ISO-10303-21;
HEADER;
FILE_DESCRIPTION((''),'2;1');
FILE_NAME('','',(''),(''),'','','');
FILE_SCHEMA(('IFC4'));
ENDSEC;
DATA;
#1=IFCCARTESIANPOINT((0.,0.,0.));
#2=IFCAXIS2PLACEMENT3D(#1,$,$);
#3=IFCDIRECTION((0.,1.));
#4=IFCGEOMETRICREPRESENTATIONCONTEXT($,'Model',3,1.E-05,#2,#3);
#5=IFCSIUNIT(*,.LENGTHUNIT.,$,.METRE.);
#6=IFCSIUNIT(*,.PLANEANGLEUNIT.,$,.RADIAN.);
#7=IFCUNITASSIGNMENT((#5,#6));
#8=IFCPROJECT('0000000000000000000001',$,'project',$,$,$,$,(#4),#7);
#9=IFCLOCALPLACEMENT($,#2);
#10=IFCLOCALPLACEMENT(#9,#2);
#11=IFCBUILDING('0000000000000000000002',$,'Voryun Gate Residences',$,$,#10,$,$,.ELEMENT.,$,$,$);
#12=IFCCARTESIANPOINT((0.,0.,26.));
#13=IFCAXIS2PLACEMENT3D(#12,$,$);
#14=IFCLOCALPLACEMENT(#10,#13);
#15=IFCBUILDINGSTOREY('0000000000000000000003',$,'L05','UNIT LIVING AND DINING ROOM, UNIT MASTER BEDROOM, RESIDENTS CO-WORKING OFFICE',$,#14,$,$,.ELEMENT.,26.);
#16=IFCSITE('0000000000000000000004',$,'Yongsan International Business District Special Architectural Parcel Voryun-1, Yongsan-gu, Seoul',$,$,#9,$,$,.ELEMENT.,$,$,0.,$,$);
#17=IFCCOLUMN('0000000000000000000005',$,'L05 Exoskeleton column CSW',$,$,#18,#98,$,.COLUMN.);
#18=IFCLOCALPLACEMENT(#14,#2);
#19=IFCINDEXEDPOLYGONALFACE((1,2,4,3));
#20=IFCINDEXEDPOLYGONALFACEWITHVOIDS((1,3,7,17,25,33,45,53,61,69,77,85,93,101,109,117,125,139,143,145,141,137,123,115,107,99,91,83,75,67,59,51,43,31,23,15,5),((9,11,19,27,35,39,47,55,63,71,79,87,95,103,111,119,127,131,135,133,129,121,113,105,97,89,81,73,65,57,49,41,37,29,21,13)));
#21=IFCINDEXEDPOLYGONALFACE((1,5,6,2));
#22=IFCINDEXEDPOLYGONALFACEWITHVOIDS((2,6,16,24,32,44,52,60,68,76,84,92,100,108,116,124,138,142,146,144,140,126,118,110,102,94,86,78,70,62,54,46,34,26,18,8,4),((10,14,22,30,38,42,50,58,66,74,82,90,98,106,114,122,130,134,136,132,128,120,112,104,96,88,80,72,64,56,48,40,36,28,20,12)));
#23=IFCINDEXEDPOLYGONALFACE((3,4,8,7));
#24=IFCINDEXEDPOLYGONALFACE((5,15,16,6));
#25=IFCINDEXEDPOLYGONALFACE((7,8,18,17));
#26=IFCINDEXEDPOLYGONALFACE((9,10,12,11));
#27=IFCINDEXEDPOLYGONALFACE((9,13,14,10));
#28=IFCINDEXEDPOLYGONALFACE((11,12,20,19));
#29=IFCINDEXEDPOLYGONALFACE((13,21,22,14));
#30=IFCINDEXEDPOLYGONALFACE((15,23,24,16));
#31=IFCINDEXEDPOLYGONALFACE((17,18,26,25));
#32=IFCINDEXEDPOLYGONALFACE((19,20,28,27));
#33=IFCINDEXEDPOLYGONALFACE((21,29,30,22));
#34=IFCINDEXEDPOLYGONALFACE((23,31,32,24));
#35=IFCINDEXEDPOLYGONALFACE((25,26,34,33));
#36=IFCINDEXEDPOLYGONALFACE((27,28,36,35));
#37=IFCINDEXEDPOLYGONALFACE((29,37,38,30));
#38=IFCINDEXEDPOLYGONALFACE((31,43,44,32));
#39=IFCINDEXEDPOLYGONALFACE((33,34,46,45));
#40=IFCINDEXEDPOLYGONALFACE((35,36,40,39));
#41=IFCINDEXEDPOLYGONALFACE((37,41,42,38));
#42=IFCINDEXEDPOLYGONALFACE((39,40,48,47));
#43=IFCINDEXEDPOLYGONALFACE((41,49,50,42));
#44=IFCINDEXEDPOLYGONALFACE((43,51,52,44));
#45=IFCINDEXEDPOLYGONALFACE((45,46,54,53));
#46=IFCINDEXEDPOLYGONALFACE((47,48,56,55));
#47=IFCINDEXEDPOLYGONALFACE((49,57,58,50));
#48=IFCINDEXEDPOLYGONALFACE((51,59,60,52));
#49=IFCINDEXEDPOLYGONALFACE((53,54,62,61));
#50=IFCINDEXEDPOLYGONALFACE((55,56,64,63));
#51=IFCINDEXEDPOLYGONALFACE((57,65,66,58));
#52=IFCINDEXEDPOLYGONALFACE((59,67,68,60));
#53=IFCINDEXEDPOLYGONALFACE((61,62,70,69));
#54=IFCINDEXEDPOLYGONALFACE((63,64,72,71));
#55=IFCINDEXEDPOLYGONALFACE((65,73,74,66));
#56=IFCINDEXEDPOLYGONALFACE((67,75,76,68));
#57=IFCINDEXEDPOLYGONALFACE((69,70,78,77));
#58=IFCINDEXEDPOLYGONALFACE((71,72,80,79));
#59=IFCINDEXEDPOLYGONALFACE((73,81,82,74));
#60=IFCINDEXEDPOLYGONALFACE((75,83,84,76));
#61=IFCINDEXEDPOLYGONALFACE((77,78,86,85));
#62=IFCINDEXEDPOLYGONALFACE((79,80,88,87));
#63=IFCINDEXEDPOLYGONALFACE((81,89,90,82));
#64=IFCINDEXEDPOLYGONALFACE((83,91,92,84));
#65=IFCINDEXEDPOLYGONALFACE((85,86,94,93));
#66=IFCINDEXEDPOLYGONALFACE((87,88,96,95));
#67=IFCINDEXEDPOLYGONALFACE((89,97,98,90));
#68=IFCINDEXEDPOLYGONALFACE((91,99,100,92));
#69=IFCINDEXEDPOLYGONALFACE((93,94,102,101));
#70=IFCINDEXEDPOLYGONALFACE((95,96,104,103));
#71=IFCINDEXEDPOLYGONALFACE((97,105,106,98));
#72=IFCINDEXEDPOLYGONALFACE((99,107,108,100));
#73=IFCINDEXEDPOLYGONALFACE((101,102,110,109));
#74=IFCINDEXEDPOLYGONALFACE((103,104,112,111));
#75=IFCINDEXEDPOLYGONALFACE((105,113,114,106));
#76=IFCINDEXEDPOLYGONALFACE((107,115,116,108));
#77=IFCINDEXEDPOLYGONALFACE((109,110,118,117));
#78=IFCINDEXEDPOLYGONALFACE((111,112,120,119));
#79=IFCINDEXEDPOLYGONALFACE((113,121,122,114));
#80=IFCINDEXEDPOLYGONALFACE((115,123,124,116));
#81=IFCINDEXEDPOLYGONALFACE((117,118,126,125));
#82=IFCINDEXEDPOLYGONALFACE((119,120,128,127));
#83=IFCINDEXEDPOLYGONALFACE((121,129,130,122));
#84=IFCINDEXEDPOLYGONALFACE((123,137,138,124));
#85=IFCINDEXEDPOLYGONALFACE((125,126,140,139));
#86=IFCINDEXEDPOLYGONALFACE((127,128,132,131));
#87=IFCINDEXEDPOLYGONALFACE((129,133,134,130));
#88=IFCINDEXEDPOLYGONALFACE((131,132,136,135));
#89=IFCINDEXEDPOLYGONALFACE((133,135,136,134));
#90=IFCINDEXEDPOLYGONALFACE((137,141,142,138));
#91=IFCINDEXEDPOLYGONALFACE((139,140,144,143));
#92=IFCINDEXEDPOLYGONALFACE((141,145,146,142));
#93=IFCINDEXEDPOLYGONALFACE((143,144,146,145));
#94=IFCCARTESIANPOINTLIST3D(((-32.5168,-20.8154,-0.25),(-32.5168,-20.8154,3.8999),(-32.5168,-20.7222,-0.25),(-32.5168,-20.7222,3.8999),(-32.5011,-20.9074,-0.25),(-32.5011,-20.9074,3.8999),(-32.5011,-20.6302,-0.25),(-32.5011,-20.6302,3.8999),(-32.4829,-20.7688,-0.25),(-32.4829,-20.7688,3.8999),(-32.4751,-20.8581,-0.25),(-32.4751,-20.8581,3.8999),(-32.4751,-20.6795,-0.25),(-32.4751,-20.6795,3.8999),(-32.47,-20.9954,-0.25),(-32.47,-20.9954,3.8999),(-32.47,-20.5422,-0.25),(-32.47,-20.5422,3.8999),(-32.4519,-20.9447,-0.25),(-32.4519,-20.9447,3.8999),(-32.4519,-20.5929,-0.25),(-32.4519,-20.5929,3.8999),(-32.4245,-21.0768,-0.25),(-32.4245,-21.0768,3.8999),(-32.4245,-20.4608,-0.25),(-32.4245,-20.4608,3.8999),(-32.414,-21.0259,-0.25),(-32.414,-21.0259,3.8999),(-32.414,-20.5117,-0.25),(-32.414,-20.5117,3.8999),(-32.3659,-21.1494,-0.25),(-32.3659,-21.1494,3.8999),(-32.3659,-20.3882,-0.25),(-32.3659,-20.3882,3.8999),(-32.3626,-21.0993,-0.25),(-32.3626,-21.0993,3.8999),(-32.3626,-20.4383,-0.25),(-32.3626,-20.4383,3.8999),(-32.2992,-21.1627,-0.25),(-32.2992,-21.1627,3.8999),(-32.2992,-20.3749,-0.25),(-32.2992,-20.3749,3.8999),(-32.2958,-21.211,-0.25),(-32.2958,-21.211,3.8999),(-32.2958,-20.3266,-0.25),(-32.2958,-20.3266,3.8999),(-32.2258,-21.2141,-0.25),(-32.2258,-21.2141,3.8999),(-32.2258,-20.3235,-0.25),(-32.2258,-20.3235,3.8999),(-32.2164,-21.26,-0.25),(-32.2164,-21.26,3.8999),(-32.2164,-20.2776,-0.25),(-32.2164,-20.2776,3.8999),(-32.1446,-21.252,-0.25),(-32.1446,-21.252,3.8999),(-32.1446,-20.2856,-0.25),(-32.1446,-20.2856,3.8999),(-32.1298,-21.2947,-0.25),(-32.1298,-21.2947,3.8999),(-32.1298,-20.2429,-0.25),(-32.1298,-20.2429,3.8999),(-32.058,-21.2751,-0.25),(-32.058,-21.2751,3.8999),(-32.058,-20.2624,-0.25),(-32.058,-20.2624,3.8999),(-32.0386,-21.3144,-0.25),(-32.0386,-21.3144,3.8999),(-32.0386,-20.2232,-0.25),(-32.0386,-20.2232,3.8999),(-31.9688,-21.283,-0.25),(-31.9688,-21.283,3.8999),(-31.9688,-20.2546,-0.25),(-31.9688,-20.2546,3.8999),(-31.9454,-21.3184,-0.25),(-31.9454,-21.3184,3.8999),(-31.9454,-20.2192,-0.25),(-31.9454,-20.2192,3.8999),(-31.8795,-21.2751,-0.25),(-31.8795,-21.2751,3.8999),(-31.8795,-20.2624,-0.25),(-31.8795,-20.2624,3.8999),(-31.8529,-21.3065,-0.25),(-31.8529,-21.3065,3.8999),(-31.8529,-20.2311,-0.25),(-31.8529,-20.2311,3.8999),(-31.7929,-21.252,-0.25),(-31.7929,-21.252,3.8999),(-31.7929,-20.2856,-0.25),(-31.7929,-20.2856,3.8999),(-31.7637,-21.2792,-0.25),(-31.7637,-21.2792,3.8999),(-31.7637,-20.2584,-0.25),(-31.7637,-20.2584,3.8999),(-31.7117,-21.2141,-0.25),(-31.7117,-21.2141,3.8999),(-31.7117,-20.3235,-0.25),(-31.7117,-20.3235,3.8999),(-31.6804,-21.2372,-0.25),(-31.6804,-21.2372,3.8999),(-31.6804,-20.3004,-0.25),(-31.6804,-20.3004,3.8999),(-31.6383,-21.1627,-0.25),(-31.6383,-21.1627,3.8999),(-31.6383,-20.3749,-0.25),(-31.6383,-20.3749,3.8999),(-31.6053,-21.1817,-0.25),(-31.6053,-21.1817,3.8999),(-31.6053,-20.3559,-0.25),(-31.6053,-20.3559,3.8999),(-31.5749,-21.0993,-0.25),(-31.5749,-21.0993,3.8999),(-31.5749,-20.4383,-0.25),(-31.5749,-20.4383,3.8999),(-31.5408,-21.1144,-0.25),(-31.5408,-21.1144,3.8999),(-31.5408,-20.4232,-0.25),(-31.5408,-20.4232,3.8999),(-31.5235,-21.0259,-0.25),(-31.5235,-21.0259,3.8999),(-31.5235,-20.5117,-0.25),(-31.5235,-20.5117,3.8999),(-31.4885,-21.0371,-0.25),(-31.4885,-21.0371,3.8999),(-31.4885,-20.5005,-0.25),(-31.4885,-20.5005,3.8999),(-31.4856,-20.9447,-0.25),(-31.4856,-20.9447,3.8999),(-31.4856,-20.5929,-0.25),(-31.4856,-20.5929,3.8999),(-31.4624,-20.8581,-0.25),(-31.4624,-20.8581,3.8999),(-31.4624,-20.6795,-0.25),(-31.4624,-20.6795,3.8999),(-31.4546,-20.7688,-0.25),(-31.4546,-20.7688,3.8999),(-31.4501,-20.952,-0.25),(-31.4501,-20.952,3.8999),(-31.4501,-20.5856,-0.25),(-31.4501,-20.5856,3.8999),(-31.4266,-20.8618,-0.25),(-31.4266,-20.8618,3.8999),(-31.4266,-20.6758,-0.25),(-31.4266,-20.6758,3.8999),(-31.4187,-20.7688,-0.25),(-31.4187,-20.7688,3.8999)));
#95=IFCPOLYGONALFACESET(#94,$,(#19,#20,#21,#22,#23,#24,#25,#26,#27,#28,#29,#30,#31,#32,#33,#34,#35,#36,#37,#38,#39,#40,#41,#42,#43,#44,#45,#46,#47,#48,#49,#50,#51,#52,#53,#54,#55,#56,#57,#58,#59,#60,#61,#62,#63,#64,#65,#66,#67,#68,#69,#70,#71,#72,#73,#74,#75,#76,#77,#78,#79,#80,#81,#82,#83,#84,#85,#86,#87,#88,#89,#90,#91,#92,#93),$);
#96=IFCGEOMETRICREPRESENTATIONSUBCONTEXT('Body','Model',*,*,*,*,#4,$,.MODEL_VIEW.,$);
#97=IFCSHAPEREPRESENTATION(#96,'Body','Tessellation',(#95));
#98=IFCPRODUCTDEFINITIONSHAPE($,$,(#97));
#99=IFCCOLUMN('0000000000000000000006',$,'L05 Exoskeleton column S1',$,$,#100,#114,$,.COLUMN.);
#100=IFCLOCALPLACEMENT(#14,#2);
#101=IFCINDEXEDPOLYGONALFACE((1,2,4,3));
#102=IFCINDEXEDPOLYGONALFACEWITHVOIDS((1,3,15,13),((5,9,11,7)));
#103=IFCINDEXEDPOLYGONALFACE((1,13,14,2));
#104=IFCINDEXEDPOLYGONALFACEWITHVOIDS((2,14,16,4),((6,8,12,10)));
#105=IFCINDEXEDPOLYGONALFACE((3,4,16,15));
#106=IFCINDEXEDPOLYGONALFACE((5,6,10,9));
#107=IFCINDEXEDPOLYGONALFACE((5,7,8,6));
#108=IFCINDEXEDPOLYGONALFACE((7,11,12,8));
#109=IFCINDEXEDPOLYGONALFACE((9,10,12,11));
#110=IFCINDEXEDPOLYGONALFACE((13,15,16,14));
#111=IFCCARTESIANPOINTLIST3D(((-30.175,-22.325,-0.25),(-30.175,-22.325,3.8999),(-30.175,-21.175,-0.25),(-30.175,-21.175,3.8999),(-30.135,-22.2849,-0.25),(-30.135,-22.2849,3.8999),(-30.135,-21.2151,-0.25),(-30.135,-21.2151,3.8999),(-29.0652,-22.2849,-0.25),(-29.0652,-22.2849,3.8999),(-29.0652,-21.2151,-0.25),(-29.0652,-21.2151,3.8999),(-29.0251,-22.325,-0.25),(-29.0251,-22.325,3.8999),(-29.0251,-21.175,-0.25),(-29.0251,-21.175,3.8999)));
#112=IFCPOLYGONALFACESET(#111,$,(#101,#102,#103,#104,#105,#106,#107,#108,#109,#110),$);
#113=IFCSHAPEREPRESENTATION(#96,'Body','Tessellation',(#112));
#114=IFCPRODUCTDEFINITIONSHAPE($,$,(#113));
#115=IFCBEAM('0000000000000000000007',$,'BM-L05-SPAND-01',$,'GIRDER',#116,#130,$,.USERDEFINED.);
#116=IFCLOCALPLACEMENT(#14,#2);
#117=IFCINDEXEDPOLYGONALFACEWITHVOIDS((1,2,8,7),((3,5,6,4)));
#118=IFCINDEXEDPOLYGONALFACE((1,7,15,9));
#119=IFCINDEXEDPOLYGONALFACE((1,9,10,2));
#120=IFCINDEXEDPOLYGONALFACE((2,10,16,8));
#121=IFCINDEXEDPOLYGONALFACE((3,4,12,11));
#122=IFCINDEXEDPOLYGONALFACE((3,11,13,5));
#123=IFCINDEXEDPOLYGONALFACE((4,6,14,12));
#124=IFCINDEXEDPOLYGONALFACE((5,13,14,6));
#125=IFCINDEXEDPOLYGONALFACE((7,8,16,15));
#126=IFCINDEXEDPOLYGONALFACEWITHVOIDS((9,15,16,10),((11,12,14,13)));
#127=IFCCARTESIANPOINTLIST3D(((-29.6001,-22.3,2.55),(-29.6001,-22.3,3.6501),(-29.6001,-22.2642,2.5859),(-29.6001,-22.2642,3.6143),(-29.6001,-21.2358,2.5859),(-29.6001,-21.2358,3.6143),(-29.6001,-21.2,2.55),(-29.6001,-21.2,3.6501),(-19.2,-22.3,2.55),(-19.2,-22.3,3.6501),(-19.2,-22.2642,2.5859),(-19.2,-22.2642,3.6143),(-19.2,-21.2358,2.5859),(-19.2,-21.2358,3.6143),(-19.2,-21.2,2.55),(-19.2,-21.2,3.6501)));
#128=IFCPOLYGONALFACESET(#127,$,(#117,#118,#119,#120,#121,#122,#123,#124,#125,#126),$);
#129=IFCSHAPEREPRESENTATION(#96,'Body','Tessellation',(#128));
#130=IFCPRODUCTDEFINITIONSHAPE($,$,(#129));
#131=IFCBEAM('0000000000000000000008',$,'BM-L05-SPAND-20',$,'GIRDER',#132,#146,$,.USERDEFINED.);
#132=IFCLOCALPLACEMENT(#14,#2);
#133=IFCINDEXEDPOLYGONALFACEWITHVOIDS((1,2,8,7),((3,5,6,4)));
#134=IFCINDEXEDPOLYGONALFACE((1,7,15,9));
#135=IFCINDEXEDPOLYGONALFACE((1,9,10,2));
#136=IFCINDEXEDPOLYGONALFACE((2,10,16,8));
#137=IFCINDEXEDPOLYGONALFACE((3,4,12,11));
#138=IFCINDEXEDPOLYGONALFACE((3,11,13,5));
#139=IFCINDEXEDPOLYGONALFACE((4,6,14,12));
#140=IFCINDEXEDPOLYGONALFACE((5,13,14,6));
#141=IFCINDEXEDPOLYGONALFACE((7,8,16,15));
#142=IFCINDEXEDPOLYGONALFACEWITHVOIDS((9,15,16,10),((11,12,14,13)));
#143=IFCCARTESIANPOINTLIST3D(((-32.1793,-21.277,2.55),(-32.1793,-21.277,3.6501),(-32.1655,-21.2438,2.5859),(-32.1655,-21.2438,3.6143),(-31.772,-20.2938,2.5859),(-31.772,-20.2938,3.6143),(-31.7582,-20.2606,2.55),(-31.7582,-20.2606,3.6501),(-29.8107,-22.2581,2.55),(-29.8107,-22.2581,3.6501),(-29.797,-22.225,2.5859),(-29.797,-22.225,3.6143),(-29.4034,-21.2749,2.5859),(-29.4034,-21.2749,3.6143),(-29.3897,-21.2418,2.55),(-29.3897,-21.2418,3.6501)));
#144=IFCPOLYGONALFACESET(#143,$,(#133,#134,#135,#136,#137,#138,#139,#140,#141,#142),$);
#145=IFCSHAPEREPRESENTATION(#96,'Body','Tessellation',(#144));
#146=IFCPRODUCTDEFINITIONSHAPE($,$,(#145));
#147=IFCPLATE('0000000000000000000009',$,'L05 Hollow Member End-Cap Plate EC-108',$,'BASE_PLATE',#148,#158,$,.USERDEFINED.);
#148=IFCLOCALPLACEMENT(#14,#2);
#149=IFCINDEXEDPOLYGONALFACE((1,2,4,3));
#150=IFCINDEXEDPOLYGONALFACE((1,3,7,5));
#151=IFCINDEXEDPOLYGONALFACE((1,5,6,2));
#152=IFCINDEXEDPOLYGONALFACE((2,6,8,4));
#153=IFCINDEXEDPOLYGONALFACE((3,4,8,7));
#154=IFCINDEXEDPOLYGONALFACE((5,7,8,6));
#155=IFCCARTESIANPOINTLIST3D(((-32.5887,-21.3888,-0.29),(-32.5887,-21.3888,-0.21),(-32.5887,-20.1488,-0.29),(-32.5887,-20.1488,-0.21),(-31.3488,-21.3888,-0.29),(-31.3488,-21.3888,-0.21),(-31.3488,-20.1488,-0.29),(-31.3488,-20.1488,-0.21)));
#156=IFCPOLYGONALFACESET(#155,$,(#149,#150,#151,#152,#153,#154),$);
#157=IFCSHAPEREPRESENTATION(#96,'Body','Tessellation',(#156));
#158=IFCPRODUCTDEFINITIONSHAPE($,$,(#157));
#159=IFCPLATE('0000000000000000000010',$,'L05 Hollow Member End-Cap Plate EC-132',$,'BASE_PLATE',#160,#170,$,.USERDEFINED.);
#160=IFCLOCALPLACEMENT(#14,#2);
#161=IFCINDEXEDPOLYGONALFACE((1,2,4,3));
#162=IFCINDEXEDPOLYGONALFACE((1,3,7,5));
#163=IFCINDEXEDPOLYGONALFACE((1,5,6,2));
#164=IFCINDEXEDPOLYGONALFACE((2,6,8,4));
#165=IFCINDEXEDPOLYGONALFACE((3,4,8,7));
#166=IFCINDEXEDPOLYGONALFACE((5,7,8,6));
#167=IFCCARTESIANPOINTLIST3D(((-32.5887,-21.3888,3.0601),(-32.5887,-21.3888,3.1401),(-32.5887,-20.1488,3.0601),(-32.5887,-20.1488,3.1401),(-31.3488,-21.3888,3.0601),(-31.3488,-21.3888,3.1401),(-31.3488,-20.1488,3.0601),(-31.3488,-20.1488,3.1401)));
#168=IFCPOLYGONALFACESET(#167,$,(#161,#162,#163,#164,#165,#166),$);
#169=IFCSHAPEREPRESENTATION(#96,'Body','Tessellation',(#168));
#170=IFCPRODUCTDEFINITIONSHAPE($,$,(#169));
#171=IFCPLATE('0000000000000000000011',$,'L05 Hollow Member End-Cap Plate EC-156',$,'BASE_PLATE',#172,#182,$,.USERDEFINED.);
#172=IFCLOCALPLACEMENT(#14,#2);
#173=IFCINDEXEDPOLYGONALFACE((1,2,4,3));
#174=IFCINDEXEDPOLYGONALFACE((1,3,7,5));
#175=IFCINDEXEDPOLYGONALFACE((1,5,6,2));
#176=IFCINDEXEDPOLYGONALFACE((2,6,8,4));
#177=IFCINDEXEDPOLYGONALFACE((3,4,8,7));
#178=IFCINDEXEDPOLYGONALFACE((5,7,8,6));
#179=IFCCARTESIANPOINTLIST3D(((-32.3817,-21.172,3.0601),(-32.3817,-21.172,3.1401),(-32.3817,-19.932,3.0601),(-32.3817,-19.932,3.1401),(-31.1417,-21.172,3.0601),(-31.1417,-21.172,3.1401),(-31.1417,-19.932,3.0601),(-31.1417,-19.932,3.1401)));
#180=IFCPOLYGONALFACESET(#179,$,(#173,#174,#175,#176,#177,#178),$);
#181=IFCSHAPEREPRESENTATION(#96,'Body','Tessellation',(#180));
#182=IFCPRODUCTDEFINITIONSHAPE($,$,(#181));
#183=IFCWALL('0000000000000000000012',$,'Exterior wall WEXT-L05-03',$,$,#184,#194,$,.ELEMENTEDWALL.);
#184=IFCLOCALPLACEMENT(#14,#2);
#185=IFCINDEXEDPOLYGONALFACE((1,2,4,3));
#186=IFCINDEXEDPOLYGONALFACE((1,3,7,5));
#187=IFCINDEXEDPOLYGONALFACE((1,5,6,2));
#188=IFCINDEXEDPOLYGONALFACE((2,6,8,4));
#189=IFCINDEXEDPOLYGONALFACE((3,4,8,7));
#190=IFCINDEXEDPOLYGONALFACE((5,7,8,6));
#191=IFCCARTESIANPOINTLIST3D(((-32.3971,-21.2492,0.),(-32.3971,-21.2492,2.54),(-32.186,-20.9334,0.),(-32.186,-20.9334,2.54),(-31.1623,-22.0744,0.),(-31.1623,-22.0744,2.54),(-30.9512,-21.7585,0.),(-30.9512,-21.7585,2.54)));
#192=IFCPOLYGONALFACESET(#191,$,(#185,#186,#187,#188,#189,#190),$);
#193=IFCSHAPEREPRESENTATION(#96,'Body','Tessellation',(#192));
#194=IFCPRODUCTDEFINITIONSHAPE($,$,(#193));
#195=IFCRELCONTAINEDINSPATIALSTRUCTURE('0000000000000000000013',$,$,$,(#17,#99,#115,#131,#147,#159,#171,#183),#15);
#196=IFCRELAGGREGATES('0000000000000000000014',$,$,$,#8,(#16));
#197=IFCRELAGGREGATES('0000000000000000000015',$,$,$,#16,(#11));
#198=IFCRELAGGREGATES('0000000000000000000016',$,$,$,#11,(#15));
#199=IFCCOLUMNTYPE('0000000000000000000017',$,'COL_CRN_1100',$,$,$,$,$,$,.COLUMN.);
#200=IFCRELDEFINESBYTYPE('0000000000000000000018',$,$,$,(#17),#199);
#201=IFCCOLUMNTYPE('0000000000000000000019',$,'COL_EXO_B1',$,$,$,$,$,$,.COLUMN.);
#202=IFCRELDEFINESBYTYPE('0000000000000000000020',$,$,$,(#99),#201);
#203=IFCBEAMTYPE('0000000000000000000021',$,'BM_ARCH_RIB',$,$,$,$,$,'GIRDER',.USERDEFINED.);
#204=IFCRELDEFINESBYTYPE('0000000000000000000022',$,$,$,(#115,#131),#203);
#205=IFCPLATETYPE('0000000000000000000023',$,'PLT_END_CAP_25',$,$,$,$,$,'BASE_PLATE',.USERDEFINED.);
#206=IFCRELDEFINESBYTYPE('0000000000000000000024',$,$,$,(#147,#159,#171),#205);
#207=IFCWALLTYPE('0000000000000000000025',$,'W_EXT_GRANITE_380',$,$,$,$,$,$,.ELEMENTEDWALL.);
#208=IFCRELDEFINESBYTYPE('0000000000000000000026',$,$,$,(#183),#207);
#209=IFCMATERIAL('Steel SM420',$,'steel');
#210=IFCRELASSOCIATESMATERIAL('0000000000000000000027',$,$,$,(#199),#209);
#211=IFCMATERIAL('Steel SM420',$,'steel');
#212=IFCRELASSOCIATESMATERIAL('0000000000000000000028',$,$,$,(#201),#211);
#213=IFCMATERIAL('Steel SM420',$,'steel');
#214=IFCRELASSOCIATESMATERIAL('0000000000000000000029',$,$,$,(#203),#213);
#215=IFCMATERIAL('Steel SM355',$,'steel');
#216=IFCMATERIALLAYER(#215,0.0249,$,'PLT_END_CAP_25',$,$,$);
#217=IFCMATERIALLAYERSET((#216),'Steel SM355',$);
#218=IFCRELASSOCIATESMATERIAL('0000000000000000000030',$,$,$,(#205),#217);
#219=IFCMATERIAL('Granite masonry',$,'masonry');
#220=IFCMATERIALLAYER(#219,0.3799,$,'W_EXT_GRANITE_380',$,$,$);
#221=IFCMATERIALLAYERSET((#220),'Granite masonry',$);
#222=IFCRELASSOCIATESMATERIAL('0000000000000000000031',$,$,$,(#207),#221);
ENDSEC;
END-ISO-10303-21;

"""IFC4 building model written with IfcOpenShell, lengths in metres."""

from ifc_helpers import new_model, si_unit, direction, frame, frame_2d, origin, origin_2d, place, context, subcontext, project, spatial, rectangle, hollow_rectangle, hollow_circle, extrude, material, layer, layer_set, material_profile, profile_set, type_object, element, save


model = new_model("IFC4")

# Units and contexts
model_context = context("Model", 3, precision=1e-05, world=origin(), true_north=direction((0.0, 1.0)))
body_context = subcontext(model_context, "Body", "Model", "MODEL_VIEW")
ifc_project = project(units=[si_unit("LENGTHUNIT", "METRE"), si_unit("PLANEANGLEUNIT", "RADIAN")], contexts=[model_context])

# Site, building, storey
site_placement = place(None, origin())
site = spatial("IfcSite", under=ifc_project, at=site_placement, Name="Yongsan International Business District Special Architectural Parcel Voryun-1, Yongsan-gu, Seoul", CompositionType="ELEMENT", RefElevation=0.0)
building_placement = place(site_placement, origin())
building = spatial("IfcBuilding", under=site, at=building_placement, Name="Voryun Gate Residences", CompositionType="ELEMENT")
storey_placement = place(building_placement, frame((0.0, 0.0, 26.0)))
storey = spatial("IfcBuildingStorey", under=building, at=storey_placement, Name="L05", Description="UNIT LIVING AND DINING ROOM, UNIT MASTER BEDROOM, RESIDENTS CO-WORKING OFFICE", CompositionType="ELEMENT", Elevation=26.0)

# Columns
ifc_material_1 = material(Name="Steel SM420", Category="steel")
ifc_material_profile_1 = material_profile(ifc_material_1, hollow_circle(Radius=0.55, WallThickness=0.0359, at=origin_2d()), Name="CHS-1100x36")
ifc_profile_set_1 = profile_set([ifc_material_profile_1], Name="Steel SM420")
column_type_1 = type_object("IfcColumnType", Name="COL_CRN_1100", PredefinedType="COLUMN", material=ifc_profile_set_1)
column_1_placement = place(storey_placement, frame((-31.9688, -20.7688, -0.25), z_axis=(0.0, 0.0, 1.0), x_axis=(1.0, 0.0, 0.0)))
element("IfcColumn", 1, at=column_1_placement, inside=storey, type_object=column_type_1, Name="L05 Exoskeleton column CSW", PredefinedType="COLUMN", context=body_context, shape_type="SweptSolid", body=[
    extrude(hollow_circle(Radius=0.55, WallThickness=0.0359, at=origin_2d()), origin(), (0.0, 0.0, 1.0), 4.1499),
])
ifc_material_2 = material(Name="Steel SM420", Category="steel")
ifc_material_profile_2 = material_profile(ifc_material_2, hollow_rectangle(XDim=1.1499, YDim=1.1499, WallThickness=0.04, at=origin_2d()), Name="BOX-1150x1150x40")
ifc_profile_set_2 = profile_set([ifc_material_profile_2], Name="Steel SM420")
column_type_2 = type_object("IfcColumnType", Name="COL_EXO_B1", PredefinedType="COLUMN", material=ifc_profile_set_2)
column_2_placement = place(storey_placement, frame((-29.6001, -21.75, -0.25), z_axis=(0.0, 0.0, 1.0), x_axis=(1.0, 0.0, 0.0)))
element("IfcColumn", 2, at=column_2_placement, inside=storey, type_object=column_type_2, Name="L05 Exoskeleton column S1", PredefinedType="COLUMN", context=body_context, shape_type="SweptSolid", body=[
    extrude(hollow_rectangle(XDim=1.1499, YDim=1.1499, WallThickness=0.04, at=origin_2d()), origin(), (0.0, 0.0, 1.0), 4.1499),
])

# Beams
ifc_material_3 = material(Name="Steel SM420", Category="steel")
ifc_material_profile_3 = material_profile(ifc_material_3, hollow_rectangle(XDim=1.1001, YDim=1.1001, WallThickness=0.0359, at=origin_2d()), Name="BOX-1100x1100x36")
ifc_profile_set_3 = profile_set([ifc_material_profile_3], Name="Steel SM420")
beam_type = type_object("IfcBeamType", Name="BM_ARCH_RIB", ElementType="GIRDER", PredefinedType="USERDEFINED", material=ifc_profile_set_3)
beam_1_placement = place(storey_placement, frame((-29.6001, -21.75, 3.1001), z_axis=(1.0, 0.0, 0.0), x_axis=(0.0, 1.0, 0.0)))
element("IfcBeam", 3, at=beam_1_placement, inside=storey, type_object=beam_type, Name="BM-L05-SPAND-01", ObjectType="GIRDER", PredefinedType="USERDEFINED", context=body_context, shape_type="SweptSolid", body=[
    extrude(hollow_rectangle(XDim=1.1001, YDim=1.1001, WallThickness=0.0359, at=origin_2d()), origin(), (0.0, 0.0, 1.0), 10.4001),
])
beam_2_placement = place(storey_placement, frame((-31.9688, -20.7688, 3.1001), z_axis=(0.923869, -0.382708, 0.0), x_axis=(0.382708, 0.923869, 0.0)))
element("IfcBeam", 4, at=beam_2_placement, inside=storey, type_object=beam_type, Name="BM-L05-SPAND-20", ObjectType="GIRDER", PredefinedType="USERDEFINED", context=body_context, shape_type="SweptSolid", body=[
    extrude(hollow_rectangle(XDim=1.1001, YDim=1.1001, WallThickness=0.0359, at=origin_2d()), origin(), (0.0, 0.0, 1.0), 2.5637),
])

# Plates
ifc_material_4 = material(Name="Steel SM355", Category="steel")
ifc_layer_1 = layer(ifc_material_4, 0.0249, Name="PLT_END_CAP_25")
ifc_layer_set_1 = layer_set([ifc_layer_1], Name="Steel SM355")
plate_type = type_object("IfcPlateType", Name="PLT_END_CAP_25", ElementType="BASE_PLATE", PredefinedType="USERDEFINED", material=ifc_layer_set_1)
for number, where, z_axis, x_axis, name in (
    (5, (-31.9688, -20.7688, -0.29), (0.0, 0.0, 1.0), (1.0, 0.0, 0.0), "L05 Hollow Member End-Cap Plate EC-108"),
    (6, (-31.9688, -20.7688, 3.0601), (0.0, 0.0, 1.0), (1.0, 0.0, 0.0), "L05 Hollow Member End-Cap Plate EC-132"),
    (7, (-31.7617, -20.552, 3.0601), (0.0, 0.0, 1.0), (1.0, 0.0, 0.0), "L05 Hollow Member End-Cap Plate EC-156"),
):
    element("IfcPlate", number, at=place(storey_placement, frame(where, z_axis=z_axis, x_axis=x_axis)), inside=storey, type_object=plate_type, Name=name, ObjectType="BASE_PLATE", PredefinedType="USERDEFINED", context=body_context, shape_type="SweptSolid", body=[
        extrude(rectangle(XDim=1.24, YDim=1.24, at=origin_2d()), origin(), (0.0, 0.0, 1.0), 0.0801),
    ])

# Wall
ifc_material_5 = material(Name="Granite masonry", Category="masonry")
ifc_layer_2 = layer(ifc_material_5, 0.3799, Name="W_EXT_GRANITE_380")
ifc_layer_set_2 = layer_set([ifc_layer_2], Name="Granite masonry")
wall_type = type_object("IfcWallType", Name="W_EXT_GRANITE_380", PredefinedType="ELEMENTEDWALL", material=ifc_layer_set_2)
wall_1_placement = place(storey_placement, frame((-31.0566, -21.9165, 0.0), z_axis=(0.0, 0.0, 1.0), x_axis=(-0.831443, 0.55561, 0.0)))
element("IfcWall", 8, at=wall_1_placement, inside=storey, type_object=wall_type, Name="Exterior wall WEXT-L05-03", PredefinedType="ELEMENTEDWALL", context=body_context, shape_type="SweptSolid", body=[
    extrude(rectangle(XDim=1.4851, YDim=0.3799, at=frame_2d((0.7427, 0.0))), origin(), (0.0, 0.0, 1.0), 2.54),
])

save(model, "model.ifc")
